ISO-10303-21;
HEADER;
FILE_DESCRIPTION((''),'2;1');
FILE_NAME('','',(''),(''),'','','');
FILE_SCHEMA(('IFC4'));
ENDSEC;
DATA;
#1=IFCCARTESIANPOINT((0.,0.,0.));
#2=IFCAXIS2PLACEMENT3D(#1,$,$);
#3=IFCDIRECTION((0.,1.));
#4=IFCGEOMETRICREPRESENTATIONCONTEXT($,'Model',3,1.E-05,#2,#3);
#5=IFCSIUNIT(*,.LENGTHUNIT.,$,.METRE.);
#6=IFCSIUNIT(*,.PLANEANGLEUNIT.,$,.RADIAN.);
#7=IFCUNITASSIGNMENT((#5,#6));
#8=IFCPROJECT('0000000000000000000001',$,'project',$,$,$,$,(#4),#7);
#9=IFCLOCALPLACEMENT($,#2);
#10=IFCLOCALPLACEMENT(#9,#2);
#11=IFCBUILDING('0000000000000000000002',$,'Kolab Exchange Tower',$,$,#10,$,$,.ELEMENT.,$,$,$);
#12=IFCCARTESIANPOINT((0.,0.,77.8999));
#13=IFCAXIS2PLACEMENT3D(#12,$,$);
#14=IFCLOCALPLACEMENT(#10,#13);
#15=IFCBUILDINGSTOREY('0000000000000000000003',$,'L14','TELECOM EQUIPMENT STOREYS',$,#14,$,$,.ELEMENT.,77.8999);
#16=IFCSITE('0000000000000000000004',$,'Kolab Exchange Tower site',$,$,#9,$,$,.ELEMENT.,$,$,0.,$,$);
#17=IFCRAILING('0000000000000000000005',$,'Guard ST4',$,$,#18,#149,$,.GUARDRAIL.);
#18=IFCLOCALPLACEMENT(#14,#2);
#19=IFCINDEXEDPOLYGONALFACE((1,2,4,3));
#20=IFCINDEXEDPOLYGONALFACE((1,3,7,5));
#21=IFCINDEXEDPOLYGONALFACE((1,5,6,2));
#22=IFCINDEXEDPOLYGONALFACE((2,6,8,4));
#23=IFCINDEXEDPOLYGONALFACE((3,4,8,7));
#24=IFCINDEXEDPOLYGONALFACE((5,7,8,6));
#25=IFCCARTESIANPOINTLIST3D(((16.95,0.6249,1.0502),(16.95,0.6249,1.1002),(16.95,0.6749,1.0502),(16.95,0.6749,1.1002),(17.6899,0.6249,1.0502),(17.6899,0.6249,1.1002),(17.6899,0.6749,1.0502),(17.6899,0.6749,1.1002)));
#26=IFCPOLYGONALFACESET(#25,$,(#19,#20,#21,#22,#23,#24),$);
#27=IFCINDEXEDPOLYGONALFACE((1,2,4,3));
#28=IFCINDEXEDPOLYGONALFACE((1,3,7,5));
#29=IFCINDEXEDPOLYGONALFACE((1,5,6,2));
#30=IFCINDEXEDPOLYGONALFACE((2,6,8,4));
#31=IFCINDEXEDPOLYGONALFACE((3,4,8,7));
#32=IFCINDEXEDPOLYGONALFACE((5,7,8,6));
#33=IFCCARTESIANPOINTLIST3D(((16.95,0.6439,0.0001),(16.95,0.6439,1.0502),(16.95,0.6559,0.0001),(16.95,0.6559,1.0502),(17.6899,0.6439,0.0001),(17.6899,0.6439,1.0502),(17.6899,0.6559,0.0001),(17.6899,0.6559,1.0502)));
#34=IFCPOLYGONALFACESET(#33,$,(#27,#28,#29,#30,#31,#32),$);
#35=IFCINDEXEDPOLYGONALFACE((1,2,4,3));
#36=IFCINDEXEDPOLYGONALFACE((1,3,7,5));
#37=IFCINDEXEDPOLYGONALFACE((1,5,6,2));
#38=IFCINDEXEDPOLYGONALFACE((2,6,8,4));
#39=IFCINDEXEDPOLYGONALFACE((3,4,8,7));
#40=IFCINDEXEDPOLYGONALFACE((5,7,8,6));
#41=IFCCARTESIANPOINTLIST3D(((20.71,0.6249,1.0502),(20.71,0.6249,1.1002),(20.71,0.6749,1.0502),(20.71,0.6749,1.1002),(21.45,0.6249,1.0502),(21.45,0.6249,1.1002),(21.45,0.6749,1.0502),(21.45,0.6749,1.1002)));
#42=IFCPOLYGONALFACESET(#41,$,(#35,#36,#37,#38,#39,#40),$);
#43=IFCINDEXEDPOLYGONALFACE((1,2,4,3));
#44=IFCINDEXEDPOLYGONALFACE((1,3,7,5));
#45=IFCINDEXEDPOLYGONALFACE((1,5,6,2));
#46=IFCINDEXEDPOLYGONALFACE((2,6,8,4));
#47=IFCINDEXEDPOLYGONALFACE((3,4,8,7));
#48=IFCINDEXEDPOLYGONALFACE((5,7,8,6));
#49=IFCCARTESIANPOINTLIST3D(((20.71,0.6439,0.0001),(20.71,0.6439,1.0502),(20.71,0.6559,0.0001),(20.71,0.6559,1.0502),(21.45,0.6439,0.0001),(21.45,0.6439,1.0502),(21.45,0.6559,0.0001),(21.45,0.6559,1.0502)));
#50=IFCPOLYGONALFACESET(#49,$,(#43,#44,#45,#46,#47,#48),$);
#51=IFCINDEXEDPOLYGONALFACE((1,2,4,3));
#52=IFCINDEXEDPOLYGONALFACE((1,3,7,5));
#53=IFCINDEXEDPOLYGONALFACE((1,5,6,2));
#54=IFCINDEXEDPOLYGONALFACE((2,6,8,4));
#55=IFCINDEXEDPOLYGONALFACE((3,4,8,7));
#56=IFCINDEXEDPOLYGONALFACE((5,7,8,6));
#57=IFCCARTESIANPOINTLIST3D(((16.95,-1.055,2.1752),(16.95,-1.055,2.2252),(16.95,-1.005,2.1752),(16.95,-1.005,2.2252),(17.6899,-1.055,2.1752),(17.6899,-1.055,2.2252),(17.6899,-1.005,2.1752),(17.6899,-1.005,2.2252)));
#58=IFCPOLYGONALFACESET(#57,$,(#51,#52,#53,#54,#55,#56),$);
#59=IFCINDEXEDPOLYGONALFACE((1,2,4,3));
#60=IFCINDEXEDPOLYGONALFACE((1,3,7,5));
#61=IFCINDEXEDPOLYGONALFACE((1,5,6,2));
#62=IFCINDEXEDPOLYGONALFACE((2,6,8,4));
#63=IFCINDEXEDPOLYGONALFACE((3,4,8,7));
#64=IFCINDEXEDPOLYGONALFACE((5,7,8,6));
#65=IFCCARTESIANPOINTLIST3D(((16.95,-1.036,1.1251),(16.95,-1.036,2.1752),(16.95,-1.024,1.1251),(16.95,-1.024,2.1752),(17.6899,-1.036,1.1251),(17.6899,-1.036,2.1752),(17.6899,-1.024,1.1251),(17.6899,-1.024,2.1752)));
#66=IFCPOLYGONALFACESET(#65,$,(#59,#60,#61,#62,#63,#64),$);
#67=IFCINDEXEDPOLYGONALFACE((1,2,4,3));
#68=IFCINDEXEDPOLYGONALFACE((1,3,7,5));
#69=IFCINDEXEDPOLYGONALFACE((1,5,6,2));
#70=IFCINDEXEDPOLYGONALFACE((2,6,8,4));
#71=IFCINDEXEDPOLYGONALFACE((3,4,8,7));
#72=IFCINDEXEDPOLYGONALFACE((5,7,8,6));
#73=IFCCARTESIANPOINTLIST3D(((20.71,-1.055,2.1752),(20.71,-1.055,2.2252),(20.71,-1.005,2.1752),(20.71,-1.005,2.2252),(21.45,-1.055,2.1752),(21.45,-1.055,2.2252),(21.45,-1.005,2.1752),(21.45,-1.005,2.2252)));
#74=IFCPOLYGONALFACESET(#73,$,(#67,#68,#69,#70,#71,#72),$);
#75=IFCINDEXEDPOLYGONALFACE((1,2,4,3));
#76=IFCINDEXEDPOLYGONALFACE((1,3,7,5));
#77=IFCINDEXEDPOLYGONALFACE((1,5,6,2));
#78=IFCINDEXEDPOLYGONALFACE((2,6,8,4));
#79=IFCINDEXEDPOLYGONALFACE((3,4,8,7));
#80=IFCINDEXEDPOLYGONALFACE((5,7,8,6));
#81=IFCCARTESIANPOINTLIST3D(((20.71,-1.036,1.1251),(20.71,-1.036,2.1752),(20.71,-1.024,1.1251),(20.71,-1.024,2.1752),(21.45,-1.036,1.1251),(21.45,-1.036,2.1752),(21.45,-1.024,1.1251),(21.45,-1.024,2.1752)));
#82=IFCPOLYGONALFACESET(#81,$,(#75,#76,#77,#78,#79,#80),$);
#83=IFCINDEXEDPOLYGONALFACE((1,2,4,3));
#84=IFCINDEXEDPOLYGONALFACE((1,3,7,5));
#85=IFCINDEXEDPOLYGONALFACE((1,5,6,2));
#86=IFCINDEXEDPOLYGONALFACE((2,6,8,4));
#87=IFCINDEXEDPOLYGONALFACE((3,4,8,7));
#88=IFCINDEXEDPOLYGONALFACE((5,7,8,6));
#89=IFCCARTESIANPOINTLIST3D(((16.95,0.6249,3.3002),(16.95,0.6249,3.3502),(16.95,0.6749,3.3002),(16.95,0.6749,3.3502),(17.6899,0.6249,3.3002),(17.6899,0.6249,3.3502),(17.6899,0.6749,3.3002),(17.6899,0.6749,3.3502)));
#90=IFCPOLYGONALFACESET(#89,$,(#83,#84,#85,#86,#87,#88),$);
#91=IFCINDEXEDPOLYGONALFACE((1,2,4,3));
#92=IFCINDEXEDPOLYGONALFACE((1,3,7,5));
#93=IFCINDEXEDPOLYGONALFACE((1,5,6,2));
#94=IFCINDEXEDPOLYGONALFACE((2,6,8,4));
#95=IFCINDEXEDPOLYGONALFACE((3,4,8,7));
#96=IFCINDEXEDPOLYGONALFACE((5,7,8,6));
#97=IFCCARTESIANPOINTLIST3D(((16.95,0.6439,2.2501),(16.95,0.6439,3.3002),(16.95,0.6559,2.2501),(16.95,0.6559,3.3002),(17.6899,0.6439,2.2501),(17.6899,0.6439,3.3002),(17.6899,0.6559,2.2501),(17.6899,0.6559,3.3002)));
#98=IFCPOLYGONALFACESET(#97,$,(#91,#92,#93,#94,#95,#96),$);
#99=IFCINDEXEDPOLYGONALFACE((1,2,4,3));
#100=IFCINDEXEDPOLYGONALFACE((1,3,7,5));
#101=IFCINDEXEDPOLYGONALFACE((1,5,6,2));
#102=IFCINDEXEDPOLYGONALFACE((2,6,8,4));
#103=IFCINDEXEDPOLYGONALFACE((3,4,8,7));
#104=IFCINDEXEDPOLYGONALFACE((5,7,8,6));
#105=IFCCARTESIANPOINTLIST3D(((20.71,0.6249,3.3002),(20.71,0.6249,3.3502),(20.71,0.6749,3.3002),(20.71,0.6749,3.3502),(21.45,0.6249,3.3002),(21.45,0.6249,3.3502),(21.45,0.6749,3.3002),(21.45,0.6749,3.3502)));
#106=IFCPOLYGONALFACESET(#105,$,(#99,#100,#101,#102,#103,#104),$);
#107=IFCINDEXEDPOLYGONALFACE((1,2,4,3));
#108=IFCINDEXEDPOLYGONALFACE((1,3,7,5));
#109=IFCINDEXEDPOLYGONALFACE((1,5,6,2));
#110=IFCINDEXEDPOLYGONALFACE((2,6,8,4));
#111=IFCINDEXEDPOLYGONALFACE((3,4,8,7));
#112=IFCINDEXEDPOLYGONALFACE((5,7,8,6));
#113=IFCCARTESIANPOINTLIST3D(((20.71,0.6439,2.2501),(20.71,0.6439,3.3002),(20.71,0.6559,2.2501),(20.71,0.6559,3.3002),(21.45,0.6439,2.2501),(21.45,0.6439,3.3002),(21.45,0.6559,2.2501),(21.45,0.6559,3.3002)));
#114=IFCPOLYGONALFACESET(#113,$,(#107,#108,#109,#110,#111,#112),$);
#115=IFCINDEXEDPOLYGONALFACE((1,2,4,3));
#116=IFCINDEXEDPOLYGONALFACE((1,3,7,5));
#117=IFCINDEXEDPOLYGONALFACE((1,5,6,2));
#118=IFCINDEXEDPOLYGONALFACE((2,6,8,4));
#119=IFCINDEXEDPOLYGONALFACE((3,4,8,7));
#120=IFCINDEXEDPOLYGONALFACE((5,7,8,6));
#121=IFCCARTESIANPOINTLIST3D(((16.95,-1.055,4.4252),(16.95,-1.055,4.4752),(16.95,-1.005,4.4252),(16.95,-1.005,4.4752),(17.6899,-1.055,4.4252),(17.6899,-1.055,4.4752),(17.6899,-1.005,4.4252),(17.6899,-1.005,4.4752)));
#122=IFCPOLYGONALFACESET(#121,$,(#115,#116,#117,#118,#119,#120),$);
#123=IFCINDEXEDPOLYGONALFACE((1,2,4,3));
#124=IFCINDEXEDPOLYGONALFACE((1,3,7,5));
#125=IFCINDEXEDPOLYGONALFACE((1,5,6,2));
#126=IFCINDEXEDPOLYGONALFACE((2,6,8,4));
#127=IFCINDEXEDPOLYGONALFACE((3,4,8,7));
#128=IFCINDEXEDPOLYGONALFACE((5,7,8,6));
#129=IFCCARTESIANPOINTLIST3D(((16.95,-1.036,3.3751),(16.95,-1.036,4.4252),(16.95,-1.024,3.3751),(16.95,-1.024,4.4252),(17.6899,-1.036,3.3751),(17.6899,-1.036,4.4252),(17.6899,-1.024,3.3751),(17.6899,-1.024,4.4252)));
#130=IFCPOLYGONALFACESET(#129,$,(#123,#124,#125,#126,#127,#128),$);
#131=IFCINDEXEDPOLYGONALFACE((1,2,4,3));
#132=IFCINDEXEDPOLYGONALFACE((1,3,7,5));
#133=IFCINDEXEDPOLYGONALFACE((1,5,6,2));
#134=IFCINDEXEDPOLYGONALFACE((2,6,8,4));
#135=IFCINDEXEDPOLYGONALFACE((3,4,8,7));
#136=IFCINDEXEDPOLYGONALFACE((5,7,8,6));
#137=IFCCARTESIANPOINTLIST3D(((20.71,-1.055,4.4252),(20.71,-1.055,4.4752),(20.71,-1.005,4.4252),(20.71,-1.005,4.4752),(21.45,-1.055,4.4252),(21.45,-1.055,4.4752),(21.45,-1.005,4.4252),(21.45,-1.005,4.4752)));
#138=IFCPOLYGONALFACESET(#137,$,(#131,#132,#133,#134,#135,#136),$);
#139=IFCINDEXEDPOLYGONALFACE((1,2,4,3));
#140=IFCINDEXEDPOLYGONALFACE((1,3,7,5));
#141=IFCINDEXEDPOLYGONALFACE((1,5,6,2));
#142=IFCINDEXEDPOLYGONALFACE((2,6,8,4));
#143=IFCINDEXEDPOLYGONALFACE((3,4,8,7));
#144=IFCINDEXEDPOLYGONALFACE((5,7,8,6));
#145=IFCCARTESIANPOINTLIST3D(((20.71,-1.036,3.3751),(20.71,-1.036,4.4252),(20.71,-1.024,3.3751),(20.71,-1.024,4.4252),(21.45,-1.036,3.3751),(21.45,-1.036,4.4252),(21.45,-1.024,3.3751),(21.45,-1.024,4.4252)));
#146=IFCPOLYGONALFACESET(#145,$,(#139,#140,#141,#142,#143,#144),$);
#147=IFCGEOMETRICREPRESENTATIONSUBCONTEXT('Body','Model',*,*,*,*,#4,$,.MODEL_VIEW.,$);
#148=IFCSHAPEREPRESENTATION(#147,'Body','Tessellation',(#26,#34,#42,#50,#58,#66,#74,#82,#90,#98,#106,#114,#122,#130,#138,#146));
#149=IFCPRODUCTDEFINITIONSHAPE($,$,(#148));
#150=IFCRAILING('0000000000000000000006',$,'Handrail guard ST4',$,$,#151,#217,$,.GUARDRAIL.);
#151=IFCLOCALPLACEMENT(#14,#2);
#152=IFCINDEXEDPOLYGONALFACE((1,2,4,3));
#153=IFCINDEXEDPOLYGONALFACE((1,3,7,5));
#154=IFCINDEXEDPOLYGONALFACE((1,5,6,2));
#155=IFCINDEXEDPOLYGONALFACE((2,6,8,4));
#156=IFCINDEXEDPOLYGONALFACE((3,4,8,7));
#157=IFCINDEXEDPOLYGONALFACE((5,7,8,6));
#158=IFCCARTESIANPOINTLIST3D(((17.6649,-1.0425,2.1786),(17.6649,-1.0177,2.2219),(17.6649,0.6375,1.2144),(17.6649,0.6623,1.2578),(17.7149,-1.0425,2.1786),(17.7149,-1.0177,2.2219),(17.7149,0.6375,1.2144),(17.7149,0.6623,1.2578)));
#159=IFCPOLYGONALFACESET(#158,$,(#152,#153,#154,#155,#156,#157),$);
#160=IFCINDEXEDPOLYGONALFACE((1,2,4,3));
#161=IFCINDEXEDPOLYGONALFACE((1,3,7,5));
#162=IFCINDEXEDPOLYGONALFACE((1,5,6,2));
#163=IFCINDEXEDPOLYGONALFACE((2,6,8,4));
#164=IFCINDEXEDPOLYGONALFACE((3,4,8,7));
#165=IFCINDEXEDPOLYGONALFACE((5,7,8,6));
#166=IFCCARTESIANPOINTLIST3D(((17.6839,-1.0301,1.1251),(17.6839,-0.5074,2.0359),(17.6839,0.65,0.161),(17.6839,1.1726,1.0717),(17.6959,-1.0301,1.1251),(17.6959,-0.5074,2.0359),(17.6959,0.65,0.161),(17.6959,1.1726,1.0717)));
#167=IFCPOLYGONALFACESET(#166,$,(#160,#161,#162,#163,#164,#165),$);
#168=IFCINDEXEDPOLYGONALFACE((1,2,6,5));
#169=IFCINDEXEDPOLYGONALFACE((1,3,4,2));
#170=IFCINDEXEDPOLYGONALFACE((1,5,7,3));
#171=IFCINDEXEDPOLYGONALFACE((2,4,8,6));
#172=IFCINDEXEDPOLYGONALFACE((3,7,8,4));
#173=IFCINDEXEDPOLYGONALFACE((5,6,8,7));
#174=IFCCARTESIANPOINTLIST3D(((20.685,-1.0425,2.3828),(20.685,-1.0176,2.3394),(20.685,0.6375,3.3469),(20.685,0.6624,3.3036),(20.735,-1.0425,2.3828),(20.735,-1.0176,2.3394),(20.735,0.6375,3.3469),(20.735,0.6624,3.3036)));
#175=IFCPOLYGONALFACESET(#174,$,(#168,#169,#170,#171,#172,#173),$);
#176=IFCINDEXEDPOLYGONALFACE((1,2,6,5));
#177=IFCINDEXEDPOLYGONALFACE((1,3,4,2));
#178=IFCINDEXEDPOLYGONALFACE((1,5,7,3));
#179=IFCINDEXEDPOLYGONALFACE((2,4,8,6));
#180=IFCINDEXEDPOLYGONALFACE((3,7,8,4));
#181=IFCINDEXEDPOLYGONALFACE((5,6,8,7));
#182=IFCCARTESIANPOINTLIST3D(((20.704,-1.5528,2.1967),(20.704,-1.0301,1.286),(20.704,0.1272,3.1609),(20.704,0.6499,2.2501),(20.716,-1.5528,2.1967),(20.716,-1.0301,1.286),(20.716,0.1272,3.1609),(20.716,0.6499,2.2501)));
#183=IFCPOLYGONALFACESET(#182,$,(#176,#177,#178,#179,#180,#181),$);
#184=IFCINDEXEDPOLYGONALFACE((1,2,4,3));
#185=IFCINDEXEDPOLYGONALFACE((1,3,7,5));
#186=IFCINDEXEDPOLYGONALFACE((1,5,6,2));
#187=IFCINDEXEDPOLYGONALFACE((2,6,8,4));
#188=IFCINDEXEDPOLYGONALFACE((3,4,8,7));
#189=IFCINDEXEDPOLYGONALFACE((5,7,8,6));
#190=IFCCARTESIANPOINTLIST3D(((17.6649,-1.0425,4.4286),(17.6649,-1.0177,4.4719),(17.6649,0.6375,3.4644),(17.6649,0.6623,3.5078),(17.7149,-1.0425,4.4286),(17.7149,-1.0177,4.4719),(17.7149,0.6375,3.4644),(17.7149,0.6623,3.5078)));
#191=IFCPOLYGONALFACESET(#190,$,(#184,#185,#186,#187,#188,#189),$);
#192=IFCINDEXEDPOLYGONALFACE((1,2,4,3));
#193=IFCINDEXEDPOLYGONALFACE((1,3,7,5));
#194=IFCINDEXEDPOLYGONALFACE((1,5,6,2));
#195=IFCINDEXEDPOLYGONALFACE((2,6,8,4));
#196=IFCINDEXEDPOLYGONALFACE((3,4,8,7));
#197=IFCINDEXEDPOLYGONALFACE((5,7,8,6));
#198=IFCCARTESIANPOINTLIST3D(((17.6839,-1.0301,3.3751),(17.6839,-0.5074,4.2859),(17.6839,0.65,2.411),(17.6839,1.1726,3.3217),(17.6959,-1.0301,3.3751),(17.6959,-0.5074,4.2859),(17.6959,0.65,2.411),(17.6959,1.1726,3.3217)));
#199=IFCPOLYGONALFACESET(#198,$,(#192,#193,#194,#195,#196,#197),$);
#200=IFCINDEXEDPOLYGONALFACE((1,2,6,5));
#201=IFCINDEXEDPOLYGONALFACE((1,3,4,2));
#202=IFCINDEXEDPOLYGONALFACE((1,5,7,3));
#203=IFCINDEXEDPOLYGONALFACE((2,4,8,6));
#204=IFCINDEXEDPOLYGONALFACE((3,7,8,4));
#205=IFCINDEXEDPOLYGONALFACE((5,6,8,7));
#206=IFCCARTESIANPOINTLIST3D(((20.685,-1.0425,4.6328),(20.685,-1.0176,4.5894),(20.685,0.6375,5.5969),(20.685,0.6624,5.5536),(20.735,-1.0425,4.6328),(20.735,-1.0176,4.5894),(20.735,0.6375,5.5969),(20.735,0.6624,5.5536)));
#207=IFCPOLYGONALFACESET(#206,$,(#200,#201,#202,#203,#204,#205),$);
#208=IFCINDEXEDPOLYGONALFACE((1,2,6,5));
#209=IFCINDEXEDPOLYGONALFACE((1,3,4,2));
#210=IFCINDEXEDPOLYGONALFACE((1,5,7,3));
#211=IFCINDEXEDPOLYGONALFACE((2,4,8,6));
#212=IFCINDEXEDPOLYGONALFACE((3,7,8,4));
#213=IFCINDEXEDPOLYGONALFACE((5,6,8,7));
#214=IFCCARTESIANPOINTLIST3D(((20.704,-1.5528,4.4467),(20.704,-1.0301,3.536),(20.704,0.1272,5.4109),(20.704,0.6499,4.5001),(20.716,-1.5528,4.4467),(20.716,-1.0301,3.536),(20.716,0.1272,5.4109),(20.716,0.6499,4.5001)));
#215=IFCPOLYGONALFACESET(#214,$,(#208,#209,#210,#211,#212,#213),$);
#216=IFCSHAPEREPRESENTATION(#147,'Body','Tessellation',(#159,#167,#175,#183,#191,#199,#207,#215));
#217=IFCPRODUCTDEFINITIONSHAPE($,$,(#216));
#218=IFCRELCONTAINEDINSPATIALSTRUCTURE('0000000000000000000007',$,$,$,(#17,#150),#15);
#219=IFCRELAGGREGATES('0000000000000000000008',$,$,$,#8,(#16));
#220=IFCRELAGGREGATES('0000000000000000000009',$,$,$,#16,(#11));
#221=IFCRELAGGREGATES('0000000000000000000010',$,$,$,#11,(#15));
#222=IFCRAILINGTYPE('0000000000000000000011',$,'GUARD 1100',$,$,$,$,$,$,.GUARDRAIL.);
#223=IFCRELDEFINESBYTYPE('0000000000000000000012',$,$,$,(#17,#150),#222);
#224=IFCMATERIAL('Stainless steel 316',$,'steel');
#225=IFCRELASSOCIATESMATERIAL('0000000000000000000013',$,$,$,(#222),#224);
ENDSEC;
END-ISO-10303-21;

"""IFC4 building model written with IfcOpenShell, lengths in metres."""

from ifc_helpers import new_model, si_unit, direction, frame, frame_2d, origin, origin_2d, place, context, subcontext, project, spatial, rectangle, extrude, material, type_object, element, save


model = new_model("IFC4")

# Units and contexts
model_context = context("Model", 3, precision=1e-05, world=origin(), true_north=direction((0.0, 1.0)))
body_context = subcontext(model_context, "Body", "Model", "MODEL_VIEW")
ifc_project = project(units=[si_unit("LENGTHUNIT", "METRE"), si_unit("PLANEANGLEUNIT", "RADIAN")], contexts=[model_context])

# Site, building, storey
site_placement = place(None, origin())
site = spatial("IfcSite", under=ifc_project, at=site_placement, Name="Kolab Exchange Tower site", CompositionType="ELEMENT", RefElevation=0.0)
building_placement = place(site_placement, origin())
building = spatial("IfcBuilding", under=site, at=building_placement, Name="Kolab Exchange Tower", CompositionType="ELEMENT")
storey_placement = place(building_placement, frame((0.0, 0.0, 77.8999)))
storey = spatial("IfcBuildingStorey", under=building, at=storey_placement, Name="L14", Description="TELECOM EQUIPMENT STOREYS", CompositionType="ELEMENT", Elevation=77.8999)

# Railings
ifc_material_1 = material(Name="Stainless steel 316", Category="steel")
railing_type = type_object("IfcRailingType", Name="GUARD 1100", PredefinedType="GUARDRAIL", material=ifc_material_1)
railing_1_placement = place(storey_placement, frame((16.95, 0.6499, 0.0)))
element("IfcRailing", 1, at=railing_1_placement, inside=storey, type_object=railing_type, Name="Guard ST4", PredefinedType="GUARDRAIL", context=body_context, shape_type="SweptSolid", body=[
    extrude(rectangle(XDim=0.05, YDim=0.05, at=origin_2d()), frame((0.0, 0.0, 1.0752), z_axis=(1.0, 0.0, 0.0), x_axis=(0.0, 1.0, 0.0)), (0.0, 0.0, 1.0), 0.74),
    extrude(rectangle(XDim=0.012, YDim=1.0501, at=frame_2d((0.0, 0.5251))), frame((0.0, 0.0, 0.0), z_axis=(1.0, 0.0, 0.0), x_axis=(0.0, 1.0, 0.0)), (0.0, 0.0, 1.0), 0.74),
    extrude(rectangle(XDim=0.05, YDim=0.05, at=origin_2d()), frame((3.76, 0.0, 1.0752), z_axis=(1.0, 0.0, 0.0), x_axis=(0.0, 1.0, 0.0)), (0.0, 0.0, 1.0), 0.74),
    extrude(rectangle(XDim=0.012, YDim=1.0501, at=frame_2d((0.0, 0.5251))), frame((3.76, 0.0, 0.0), z_axis=(1.0, 0.0, 0.0), x_axis=(0.0, 1.0, 0.0)), (0.0, 0.0, 1.0), 0.74),
    extrude(rectangle(XDim=0.05, YDim=0.05, at=origin_2d()), frame((0.0, -1.6799, 2.2002), z_axis=(1.0, 0.0, 0.0), x_axis=(0.0, 1.0, 0.0)), (0.0, 0.0, 1.0), 0.74),
    extrude(rectangle(XDim=0.012, YDim=1.0501, at=frame_2d((0.0, 0.5251))), frame((0.0, -1.6799, 1.125), z_axis=(1.0, 0.0, 0.0), x_axis=(0.0, 1.0, 0.0)), (0.0, 0.0, 1.0), 0.74),
    extrude(rectangle(XDim=0.05, YDim=0.05, at=origin_2d()), frame((3.76, -1.6799, 2.2002), z_axis=(1.0, 0.0, 0.0), x_axis=(0.0, 1.0, 0.0)), (0.0, 0.0, 1.0), 0.74),
    extrude(rectangle(XDim=0.012, YDim=1.0501, at=frame_2d((0.0, 0.5251))), frame((3.76, -1.6799, 1.125), z_axis=(1.0, 0.0, 0.0), x_axis=(0.0, 1.0, 0.0)), (0.0, 0.0, 1.0), 0.74),
    extrude(rectangle(XDim=0.05, YDim=0.05, at=origin_2d()), frame((0.0, 0.0, 3.3252), z_axis=(1.0, 0.0, 0.0), x_axis=(0.0, 1.0, 0.0)), (0.0, 0.0, 1.0), 0.74),
    extrude(rectangle(XDim=0.012, YDim=1.0501, at=frame_2d((0.0, 0.5251))), frame((0.0, 0.0, 2.25), z_axis=(1.0, 0.0, 0.0), x_axis=(0.0, 1.0, 0.0)), (0.0, 0.0, 1.0), 0.74),
    extrude(rectangle(XDim=0.05, YDim=0.05, at=origin_2d()), frame((3.76, 0.0, 3.3252), z_axis=(1.0, 0.0, 0.0), x_axis=(0.0, 1.0, 0.0)), (0.0, 0.0, 1.0), 0.74),
    extrude(rectangle(XDim=0.012, YDim=1.0501, at=frame_2d((0.0, 0.5251))), frame((3.76, 0.0, 2.25), z_axis=(1.0, 0.0, 0.0), x_axis=(0.0, 1.0, 0.0)), (0.0, 0.0, 1.0), 0.74),
    extrude(rectangle(XDim=0.05, YDim=0.05, at=origin_2d()), frame((0.0, -1.6799, 4.4502), z_axis=(1.0, 0.0, 0.0), x_axis=(0.0, 1.0, 0.0)), (0.0, 0.0, 1.0), 0.74),
    extrude(rectangle(XDim=0.012, YDim=1.0501, at=frame_2d((0.0, 0.5251))), frame((0.0, -1.6799, 3.375), z_axis=(1.0, 0.0, 0.0), x_axis=(0.0, 1.0, 0.0)), (0.0, 0.0, 1.0), 0.74),
    extrude(rectangle(XDim=0.05, YDim=0.05, at=origin_2d()), frame((3.76, -1.6799, 4.4502), z_axis=(1.0, 0.0, 0.0), x_axis=(0.0, 1.0, 0.0)), (0.0, 0.0, 1.0), 0.74),
    extrude(rectangle(XDim=0.012, YDim=1.0501, at=frame_2d((0.0, 0.5251))), frame((3.76, -1.6799, 3.375), z_axis=(1.0, 0.0, 0.0), x_axis=(0.0, 1.0, 0.0)), (0.0, 0.0, 1.0), 0.74),
])
railing_2_placement = place(storey_placement, frame((17.6899, 0.6499, 0.1609)))
element("IfcRailing", 2, at=railing_2_placement, inside=storey, type_object=railing_type, Name="Handrail guard ST4", PredefinedType="GUARDRAIL", context=body_context, shape_type="SweptSolid", body=[
    extrude(rectangle(XDim=0.05, YDim=0.05, at=origin_2d()), frame((0.0, 0.0, 1.0752), z_axis=(0.0, -0.867319, 0.497753), x_axis=(1.0, 0.0, 0.0)), (0.0, 0.0, 1.0), 1.937),
    extrude(rectangle(XDim=0.012, YDim=1.0501, at=frame_2d((0.0, 0.5251))), frame((0.0, 0.0, 0.0), z_axis=(0.0, -0.867319, 0.497753), x_axis=(1.0, 0.0, 0.0)), (0.0, 0.0, 1.0), 1.937),
    extrude(rectangle(XDim=0.05, YDim=0.05, at=origin_2d()), frame((3.02, -1.6799, 2.2002), z_axis=(0.0, 0.867319, 0.497753), x_axis=(-1.0, 0.0, 0.0)), (0.0, 0.0, 1.0), 1.937),
    extrude(rectangle(XDim=0.012, YDim=1.0501, at=frame_2d((0.0, 0.5251))), frame((3.02, -1.6799, 1.125), z_axis=(0.0, 0.867319, 0.497753), x_axis=(-1.0, 0.0, 0.0)), (0.0, 0.0, 1.0), 1.937),
    extrude(rectangle(XDim=0.05, YDim=0.05, at=origin_2d()), frame((0.0, 0.0, 3.3252), z_axis=(0.0, -0.867319, 0.497753), x_axis=(1.0, 0.0, 0.0)), (0.0, 0.0, 1.0), 1.937),
    extrude(rectangle(XDim=0.012, YDim=1.0501, at=frame_2d((0.0, 0.5251))), frame((0.0, 0.0, 2.25), z_axis=(0.0, -0.867319, 0.497753), x_axis=(1.0, 0.0, 0.0)), (0.0, 0.0, 1.0), 1.937),
    extrude(rectangle(XDim=0.05, YDim=0.05, at=origin_2d()), frame((3.02, -1.6799, 4.4502), z_axis=(0.0, 0.867319, 0.497753), x_axis=(-1.0, 0.0, 0.0)), (0.0, 0.0, 1.0), 1.937),
    extrude(rectangle(XDim=0.012, YDim=1.0501, at=frame_2d((0.0, 0.5251))), frame((3.02, -1.6799, 3.375), z_axis=(0.0, 0.867319, 0.497753), x_axis=(-1.0, 0.0, 0.0)), (0.0, 0.0, 1.0), 1.937),
])

save(model, "model.ifc")
